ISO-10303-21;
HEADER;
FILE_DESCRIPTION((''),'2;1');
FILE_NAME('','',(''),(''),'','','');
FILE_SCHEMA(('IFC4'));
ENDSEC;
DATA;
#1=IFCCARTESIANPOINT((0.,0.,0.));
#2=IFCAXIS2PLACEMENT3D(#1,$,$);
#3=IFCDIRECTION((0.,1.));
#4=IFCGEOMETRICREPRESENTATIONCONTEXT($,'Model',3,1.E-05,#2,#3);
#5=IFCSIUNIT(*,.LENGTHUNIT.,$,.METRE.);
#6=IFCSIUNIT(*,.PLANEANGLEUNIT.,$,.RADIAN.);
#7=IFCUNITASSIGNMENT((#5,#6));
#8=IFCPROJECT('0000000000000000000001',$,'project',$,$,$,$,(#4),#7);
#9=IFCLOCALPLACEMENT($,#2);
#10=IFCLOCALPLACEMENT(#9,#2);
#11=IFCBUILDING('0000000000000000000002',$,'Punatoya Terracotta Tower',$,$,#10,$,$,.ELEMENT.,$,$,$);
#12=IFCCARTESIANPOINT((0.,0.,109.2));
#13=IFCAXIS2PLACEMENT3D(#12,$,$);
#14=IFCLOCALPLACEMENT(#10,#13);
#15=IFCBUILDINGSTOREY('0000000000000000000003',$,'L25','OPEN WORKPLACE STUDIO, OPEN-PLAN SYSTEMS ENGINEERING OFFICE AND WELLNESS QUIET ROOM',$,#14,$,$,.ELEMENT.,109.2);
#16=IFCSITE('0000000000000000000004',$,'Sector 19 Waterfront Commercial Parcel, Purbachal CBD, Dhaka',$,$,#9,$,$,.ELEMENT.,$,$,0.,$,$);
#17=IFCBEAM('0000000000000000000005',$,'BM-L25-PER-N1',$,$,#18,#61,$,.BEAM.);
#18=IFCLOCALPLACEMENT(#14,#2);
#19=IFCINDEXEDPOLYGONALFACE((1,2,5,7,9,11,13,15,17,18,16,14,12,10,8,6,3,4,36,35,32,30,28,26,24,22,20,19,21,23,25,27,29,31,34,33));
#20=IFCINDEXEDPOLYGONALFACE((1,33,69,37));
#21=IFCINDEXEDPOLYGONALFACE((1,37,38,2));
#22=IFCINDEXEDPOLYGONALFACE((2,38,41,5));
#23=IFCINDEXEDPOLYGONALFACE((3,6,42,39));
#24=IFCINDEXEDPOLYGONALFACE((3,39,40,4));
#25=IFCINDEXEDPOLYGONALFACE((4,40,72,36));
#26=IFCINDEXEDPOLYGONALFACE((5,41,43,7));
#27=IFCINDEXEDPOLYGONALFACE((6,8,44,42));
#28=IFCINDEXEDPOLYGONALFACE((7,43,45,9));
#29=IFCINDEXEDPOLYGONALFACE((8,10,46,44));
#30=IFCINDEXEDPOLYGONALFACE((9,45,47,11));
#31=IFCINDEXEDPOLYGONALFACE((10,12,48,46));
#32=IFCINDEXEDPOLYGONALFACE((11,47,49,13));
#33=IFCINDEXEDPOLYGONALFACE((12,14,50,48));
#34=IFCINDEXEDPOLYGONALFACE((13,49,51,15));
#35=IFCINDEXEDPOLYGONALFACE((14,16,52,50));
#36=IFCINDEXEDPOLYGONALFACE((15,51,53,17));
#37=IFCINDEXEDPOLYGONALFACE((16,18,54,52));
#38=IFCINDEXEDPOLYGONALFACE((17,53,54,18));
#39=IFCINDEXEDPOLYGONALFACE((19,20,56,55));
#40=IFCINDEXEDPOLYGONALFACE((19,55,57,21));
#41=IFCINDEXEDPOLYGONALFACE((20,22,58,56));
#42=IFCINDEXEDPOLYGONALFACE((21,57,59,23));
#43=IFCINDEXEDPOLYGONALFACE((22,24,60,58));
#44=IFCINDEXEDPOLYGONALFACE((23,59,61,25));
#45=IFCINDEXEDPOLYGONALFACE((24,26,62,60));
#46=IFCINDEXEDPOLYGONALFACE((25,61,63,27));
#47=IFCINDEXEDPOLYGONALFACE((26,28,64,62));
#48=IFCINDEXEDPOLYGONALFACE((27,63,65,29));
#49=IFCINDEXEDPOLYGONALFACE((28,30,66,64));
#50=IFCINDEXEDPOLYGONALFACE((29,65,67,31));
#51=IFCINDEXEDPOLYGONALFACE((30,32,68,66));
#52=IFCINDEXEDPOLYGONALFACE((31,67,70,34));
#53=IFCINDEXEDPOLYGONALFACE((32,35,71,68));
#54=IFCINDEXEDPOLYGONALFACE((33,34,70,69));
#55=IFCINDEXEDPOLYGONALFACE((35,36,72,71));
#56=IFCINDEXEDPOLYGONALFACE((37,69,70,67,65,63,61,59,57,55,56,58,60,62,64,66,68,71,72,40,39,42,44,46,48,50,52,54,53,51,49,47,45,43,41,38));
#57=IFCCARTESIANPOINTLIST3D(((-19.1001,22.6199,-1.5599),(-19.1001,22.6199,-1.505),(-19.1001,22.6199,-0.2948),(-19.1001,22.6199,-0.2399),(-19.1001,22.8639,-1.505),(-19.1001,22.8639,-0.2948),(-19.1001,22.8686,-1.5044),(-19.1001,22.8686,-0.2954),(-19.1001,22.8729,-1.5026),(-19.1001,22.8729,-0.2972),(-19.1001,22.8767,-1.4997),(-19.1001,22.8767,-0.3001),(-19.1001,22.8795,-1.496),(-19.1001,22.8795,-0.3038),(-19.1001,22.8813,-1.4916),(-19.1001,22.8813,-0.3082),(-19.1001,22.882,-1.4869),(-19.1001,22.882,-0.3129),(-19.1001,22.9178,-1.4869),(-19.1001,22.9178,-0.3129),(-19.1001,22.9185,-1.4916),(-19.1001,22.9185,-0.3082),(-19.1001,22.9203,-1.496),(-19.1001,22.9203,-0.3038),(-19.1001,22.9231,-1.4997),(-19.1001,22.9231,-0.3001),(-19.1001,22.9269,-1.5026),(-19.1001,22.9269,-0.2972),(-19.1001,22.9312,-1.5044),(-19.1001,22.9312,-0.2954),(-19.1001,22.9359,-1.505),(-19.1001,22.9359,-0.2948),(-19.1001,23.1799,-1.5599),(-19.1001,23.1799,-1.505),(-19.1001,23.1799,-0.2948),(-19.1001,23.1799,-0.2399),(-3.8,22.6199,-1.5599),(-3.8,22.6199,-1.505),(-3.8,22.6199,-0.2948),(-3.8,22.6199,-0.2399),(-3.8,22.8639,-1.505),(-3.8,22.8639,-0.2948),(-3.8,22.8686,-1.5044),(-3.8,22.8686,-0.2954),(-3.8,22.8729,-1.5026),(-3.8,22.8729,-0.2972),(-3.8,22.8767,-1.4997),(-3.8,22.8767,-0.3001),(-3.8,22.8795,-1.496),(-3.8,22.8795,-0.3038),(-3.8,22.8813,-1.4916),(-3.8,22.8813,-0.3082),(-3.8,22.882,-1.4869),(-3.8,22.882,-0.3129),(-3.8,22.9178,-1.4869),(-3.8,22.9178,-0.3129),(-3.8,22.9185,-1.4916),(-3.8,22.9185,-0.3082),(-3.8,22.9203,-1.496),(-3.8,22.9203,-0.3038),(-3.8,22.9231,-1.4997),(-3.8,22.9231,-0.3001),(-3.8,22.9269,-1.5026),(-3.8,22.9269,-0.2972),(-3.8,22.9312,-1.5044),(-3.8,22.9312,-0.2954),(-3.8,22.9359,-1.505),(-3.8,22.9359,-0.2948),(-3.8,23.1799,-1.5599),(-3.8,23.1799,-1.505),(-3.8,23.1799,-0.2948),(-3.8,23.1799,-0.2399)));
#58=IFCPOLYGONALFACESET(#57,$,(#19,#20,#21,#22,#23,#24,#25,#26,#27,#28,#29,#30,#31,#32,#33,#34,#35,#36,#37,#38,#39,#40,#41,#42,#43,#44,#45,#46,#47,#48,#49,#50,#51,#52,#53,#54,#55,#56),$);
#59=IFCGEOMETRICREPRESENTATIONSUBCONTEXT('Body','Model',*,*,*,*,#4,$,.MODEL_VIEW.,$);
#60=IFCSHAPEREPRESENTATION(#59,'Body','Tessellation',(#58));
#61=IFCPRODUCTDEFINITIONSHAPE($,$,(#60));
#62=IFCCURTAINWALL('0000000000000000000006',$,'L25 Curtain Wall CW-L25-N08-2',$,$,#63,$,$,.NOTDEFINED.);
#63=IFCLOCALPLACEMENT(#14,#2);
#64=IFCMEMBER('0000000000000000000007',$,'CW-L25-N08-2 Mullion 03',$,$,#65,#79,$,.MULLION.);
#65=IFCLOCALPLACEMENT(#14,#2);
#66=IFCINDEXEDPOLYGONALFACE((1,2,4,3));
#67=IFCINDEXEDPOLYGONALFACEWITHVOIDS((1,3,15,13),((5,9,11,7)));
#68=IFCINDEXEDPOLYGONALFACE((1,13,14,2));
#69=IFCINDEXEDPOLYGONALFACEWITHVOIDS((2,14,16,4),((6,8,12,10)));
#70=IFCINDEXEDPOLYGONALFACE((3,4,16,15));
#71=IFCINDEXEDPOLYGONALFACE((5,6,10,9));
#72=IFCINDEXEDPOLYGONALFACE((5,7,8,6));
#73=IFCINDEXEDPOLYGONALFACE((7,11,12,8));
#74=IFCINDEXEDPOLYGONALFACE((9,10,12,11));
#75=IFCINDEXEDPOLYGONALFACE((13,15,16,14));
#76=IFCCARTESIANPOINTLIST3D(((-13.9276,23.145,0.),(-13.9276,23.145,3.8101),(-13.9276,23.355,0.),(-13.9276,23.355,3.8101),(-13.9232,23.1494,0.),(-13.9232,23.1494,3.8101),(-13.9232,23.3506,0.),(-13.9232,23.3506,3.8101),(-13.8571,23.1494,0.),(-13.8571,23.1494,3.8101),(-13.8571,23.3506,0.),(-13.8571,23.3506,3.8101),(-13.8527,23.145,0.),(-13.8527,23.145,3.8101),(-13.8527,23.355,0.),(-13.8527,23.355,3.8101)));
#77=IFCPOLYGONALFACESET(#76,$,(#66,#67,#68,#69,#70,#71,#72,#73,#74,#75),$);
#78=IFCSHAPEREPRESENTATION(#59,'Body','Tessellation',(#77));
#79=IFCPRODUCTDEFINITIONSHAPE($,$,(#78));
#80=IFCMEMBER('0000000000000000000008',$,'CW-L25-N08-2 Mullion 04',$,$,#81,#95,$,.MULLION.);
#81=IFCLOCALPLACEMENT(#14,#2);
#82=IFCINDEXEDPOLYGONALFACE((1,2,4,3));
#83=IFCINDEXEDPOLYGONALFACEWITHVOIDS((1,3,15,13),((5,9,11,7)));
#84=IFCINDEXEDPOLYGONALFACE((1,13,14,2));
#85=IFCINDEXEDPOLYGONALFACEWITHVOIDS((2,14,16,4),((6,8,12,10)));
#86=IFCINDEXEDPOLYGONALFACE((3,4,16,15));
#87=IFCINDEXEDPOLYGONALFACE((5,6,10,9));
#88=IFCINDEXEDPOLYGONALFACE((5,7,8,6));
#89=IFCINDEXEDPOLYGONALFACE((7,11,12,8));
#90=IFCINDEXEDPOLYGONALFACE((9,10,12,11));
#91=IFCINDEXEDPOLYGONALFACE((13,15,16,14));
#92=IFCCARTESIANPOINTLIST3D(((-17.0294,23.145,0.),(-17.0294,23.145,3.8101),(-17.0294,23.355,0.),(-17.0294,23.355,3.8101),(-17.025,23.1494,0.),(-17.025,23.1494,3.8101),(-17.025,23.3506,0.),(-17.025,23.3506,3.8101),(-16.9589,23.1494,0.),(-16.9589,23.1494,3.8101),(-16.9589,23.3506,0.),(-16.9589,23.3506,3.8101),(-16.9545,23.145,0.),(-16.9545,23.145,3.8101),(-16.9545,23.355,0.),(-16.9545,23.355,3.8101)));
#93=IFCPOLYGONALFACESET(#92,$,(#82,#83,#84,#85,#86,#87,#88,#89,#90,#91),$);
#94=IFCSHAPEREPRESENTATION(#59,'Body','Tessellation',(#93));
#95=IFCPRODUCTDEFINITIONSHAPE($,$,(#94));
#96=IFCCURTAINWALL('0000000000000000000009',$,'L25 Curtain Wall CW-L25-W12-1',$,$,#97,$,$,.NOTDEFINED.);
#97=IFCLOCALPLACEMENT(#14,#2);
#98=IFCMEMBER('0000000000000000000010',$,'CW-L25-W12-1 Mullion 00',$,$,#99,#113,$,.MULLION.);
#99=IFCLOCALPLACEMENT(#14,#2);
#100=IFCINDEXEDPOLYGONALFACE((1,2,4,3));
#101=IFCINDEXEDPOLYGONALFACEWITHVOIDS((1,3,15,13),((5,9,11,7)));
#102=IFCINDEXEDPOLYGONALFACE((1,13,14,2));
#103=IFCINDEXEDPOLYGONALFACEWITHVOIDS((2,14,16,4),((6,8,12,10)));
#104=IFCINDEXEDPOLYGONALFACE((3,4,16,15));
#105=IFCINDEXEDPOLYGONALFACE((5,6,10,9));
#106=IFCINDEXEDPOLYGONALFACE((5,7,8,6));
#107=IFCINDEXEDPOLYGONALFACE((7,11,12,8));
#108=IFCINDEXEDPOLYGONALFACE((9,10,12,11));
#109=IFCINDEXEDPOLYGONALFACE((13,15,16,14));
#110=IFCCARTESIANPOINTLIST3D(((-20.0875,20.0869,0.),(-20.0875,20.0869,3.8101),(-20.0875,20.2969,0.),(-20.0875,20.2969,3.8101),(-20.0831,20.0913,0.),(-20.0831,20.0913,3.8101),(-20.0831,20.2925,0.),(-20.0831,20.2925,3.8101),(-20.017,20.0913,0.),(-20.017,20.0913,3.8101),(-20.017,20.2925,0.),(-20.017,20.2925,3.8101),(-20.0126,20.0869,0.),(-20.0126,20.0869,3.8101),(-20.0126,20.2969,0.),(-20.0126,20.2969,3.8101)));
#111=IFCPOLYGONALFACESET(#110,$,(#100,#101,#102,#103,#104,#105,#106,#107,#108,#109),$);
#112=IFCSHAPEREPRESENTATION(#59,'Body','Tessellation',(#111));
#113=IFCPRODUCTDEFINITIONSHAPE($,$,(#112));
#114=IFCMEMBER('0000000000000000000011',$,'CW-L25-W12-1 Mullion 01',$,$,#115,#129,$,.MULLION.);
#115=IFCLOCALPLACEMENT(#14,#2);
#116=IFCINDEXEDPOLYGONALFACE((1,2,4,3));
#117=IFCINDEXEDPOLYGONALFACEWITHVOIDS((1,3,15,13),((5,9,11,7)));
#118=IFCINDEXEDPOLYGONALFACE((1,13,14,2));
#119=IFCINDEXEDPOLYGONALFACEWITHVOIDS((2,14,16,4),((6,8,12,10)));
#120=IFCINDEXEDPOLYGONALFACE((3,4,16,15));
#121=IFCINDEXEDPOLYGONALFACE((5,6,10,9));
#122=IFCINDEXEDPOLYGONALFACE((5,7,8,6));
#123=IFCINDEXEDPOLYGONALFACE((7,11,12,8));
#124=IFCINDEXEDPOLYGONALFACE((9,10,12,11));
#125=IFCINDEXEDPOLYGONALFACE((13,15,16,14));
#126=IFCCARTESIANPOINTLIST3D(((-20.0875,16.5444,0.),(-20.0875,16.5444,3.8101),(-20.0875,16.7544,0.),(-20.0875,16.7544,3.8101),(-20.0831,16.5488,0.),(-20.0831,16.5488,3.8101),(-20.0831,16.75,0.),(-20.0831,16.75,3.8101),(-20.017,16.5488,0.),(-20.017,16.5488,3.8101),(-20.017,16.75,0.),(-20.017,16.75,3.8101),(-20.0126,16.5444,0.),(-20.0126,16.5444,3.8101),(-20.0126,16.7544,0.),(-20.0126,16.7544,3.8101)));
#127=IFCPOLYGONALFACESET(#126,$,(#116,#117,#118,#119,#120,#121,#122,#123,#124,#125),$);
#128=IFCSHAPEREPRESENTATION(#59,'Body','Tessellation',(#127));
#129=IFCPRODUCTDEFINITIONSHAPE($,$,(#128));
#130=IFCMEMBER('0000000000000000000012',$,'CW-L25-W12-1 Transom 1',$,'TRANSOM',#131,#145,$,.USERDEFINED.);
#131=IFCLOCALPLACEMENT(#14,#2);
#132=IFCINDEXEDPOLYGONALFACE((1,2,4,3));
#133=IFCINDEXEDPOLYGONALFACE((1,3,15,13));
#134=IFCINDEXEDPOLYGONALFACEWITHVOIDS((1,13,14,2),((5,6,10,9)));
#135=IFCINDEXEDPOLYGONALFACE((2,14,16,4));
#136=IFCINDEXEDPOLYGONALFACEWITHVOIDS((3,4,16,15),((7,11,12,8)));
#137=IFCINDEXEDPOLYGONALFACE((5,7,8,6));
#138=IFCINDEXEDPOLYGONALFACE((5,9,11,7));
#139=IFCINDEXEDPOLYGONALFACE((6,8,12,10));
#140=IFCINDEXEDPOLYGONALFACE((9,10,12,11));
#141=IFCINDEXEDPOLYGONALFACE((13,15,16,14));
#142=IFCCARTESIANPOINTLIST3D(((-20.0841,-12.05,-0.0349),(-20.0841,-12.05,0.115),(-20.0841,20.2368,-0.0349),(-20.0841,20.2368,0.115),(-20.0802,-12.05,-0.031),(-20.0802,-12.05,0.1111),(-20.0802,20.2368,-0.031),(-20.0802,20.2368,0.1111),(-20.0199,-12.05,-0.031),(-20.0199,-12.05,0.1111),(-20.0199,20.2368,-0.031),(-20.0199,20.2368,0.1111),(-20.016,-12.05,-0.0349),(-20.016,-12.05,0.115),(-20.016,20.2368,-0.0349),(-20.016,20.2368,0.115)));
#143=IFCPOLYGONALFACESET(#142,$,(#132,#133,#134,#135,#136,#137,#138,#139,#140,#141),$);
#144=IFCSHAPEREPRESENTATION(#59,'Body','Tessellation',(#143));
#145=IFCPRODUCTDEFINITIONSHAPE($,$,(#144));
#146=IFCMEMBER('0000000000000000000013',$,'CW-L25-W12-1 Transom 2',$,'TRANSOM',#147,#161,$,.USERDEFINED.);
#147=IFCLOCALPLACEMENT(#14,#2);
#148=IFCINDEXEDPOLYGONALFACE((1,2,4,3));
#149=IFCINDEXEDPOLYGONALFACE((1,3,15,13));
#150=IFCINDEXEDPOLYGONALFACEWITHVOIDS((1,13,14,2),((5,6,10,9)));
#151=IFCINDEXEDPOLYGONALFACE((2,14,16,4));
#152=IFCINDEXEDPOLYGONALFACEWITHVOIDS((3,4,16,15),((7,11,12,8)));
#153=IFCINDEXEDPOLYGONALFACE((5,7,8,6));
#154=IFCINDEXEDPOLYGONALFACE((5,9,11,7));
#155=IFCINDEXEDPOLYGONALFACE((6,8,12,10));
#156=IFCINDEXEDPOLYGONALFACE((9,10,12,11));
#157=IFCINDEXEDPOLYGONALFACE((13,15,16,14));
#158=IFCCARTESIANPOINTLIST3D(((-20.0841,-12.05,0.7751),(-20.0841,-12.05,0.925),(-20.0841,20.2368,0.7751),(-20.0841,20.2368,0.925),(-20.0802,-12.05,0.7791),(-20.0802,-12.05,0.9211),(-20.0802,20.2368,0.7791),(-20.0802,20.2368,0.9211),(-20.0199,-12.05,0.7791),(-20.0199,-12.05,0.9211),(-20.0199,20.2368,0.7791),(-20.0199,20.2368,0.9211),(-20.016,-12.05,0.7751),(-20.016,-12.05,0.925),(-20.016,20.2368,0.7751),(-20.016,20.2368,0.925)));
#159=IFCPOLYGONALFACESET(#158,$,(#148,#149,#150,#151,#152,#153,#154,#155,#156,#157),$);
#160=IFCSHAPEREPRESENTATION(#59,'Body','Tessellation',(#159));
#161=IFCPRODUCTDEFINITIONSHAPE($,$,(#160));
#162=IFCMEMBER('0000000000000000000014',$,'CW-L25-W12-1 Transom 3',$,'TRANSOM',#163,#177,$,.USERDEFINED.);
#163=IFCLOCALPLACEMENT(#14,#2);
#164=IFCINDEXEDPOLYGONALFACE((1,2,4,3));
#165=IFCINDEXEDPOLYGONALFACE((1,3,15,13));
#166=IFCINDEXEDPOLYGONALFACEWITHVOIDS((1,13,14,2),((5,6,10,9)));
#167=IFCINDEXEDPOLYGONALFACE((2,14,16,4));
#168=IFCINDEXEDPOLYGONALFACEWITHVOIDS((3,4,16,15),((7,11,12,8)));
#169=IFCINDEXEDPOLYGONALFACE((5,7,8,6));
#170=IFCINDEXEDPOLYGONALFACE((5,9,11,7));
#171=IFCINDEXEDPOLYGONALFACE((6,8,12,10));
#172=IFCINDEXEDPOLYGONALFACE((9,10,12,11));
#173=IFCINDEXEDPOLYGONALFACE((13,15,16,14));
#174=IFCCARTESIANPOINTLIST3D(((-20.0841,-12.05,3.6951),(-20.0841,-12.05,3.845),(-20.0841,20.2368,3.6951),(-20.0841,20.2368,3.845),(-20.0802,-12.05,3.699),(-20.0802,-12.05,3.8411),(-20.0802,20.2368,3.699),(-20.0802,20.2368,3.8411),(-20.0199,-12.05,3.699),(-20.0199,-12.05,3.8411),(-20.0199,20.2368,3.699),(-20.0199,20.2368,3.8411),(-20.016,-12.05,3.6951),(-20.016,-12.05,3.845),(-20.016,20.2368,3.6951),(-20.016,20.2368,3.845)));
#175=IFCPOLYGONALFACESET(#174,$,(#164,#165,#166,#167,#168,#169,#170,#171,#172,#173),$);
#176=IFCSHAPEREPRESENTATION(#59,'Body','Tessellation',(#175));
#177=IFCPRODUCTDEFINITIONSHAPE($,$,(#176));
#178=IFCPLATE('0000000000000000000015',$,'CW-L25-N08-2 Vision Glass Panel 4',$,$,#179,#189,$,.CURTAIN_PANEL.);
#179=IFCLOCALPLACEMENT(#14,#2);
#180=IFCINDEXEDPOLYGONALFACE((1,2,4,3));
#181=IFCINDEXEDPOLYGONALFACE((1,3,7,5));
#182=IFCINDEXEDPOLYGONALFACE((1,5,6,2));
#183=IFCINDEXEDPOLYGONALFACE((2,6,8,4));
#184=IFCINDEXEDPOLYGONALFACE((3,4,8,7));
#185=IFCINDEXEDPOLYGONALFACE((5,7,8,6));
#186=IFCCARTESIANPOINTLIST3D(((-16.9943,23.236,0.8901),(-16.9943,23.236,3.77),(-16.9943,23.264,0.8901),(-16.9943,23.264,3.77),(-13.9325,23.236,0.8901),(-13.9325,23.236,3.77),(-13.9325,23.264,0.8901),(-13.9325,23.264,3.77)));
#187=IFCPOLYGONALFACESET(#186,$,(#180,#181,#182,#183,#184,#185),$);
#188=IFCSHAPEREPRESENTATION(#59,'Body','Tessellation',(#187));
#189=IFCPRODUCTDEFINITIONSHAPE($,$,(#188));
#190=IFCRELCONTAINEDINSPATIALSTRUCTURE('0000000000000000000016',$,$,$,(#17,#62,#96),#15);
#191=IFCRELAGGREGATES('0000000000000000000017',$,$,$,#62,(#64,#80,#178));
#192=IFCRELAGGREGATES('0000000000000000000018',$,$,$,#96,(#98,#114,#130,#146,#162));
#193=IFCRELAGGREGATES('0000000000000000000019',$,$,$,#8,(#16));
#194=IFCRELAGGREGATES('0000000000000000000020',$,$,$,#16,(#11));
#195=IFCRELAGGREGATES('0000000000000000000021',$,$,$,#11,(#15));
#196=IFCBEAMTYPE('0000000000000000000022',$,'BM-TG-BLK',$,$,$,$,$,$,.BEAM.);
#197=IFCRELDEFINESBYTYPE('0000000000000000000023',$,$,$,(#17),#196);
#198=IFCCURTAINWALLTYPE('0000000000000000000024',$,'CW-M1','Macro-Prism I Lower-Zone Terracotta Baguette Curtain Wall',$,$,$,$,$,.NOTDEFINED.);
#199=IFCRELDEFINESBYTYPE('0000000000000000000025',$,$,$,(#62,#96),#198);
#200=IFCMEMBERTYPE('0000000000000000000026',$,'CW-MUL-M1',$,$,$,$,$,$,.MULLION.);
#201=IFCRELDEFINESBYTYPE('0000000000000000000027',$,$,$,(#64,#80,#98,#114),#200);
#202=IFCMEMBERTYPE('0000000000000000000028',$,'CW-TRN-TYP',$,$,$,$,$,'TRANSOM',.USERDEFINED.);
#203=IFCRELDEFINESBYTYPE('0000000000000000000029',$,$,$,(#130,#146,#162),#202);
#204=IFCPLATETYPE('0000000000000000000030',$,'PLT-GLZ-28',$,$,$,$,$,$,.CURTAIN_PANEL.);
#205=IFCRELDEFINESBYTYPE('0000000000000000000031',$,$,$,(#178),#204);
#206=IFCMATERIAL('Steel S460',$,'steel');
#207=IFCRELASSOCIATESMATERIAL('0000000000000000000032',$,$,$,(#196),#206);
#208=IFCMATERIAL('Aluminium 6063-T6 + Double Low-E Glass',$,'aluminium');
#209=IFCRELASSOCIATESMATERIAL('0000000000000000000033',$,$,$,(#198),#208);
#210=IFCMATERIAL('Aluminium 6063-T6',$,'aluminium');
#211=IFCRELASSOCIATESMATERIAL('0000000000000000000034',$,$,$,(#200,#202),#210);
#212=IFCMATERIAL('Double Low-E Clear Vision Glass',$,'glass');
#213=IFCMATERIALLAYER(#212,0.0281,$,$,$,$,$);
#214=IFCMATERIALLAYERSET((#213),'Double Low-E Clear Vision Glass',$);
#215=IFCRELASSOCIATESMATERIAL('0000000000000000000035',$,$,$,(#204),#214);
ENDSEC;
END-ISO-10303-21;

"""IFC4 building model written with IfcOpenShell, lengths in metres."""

from ifc_helpers import new_model, si_unit, direction, frame, origin, origin_2d, place, context, subcontext, project, spatial, rectangle, hollow_rectangle, i_section, extrude, material, layer, layer_set, material_profile, profile_set, type_object, element, aggregate, save


model = new_model("IFC4")

# Units and contexts
model_context = context("Model", 3, precision=1e-05, world=origin(), true_north=direction((0.0, 1.0)))
body_context = subcontext(model_context, "Body", "Model", "MODEL_VIEW")
ifc_project = project(units=[si_unit("LENGTHUNIT", "METRE"), si_unit("PLANEANGLEUNIT", "RADIAN")], contexts=[model_context])

# Site, building, storey
site_placement = place(None, origin())
site = spatial("IfcSite", under=ifc_project, at=site_placement, Name="Sector 19 Waterfront Commercial Parcel, Purbachal CBD, Dhaka", CompositionType="ELEMENT", RefElevation=0.0)
building_placement = place(site_placement, origin())
building = spatial("IfcBuilding", under=site, at=building_placement, Name="Punatoya Terracotta Tower", CompositionType="ELEMENT")
storey_placement = place(building_placement, frame((0.0, 0.0, 109.2)))
storey = spatial("IfcBuildingStorey", under=building, at=storey_placement, Name="L25", Description="OPEN WORKPLACE STUDIO, OPEN-PLAN SYSTEMS ENGINEERING OFFICE AND WELLNESS QUIET ROOM", CompositionType="ELEMENT", Elevation=109.2)

# Shared definitions
ifc_material_1 = material(Name="Steel S460", Category="steel")

# Beam
ifc_material_profile_1 = material_profile(ifc_material_1, i_section(OverallWidth=0.5601, OverallDepth=1.3201, WebThickness=0.0359, FlangeThickness=0.0549, FilletRadius=0.0181, at=origin_2d()))
ifc_profile_set_1 = profile_set([ifc_material_profile_1], Name="Steel S460")
beam_type = type_object("IfcBeamType", Name="BM-TG-BLK", PredefinedType="BEAM", material=ifc_profile_set_1)
beam_1_placement = place(storey_placement, frame((-19.1001, 22.8999, -0.8999), z_axis=(1.0, 0.0, 0.0), x_axis=(0.0, 1.0, 0.0)))
element("IfcBeam", 1, at=beam_1_placement, inside=storey, type_object=beam_type, Name="BM-L25-PER-N1", PredefinedType="BEAM", context=body_context, shape_type="SweptSolid", body=[
    extrude(i_section(OverallWidth=0.5601, OverallDepth=1.3201, WebThickness=0.0359, FlangeThickness=0.0549, FilletRadius=0.0181, at=origin_2d()), origin(), (0.0, 0.0, 1.0), 15.3),
])

# Curtain walls, members
ifc_material_2 = material(Name="Aluminium 6063-T6 + Double Low-E Glass", Category="aluminium")
curtain_wall_type = type_object("IfcCurtainWallType", Name="CW-M1", Description="Macro-Prism I Lower-Zone Terracotta Baguette Curtain Wall", PredefinedType="NOTDEFINED", material=ifc_material_2)
curtain_wall_1_placement = place(storey_placement, origin())
curtain_wall_1 = element("IfcCurtainWall", 2, at=curtain_wall_1_placement, inside=storey, type_object=curtain_wall_type, Name="L25 Curtain Wall CW-L25-N08-2", PredefinedType="NOTDEFINED")
ifc_material_3 = material(Name="Aluminium 6063-T6", Category="aluminium")
ifc_material_profile_2 = material_profile(ifc_material_3, hollow_rectangle(XDim=0.075, YDim=0.21, WallThickness=0.0044, at=origin_2d()))
ifc_profile_set_2 = profile_set([ifc_material_profile_2], Name="Aluminium 6063-T6")
member_type_1 = type_object("IfcMemberType", Name="CW-MUL-M1", PredefinedType="MULLION", material=ifc_profile_set_2)
member_1_placement = place(storey_placement, frame((-13.8901, 23.25, 0.0), z_axis=(0.0, 0.0, 1.0), x_axis=(1.0, 0.0, 0.0)))
member_1 = element("IfcMember", 3, at=member_1_placement, type_object=member_type_1, Name="CW-L25-N08-2 Mullion 03", PredefinedType="MULLION", context=body_context, shape_type="SweptSolid", body=[
    extrude(hollow_rectangle(XDim=0.075, YDim=0.21, WallThickness=0.0044, at=origin_2d()), origin(), (0.0, 0.0, 1.0), 3.8101),
])
member_2_placement = place(storey_placement, frame((-16.9919, 23.25, 0.0), z_axis=(0.0, 0.0, 1.0), x_axis=(1.0, 0.0, 0.0)))
member_2 = element("IfcMember", 4, at=member_2_placement, type_object=member_type_1, Name="CW-L25-N08-2 Mullion 04", PredefinedType="MULLION", context=body_context, shape_type="SweptSolid", body=[
    extrude(hollow_rectangle(XDim=0.075, YDim=0.21, WallThickness=0.0044, at=origin_2d()), origin(), (0.0, 0.0, 1.0), 3.8101),
])
curtain_wall_2_placement = place(storey_placement, origin())
curtain_wall_2 = element("IfcCurtainWall", 5, at=curtain_wall_2_placement, inside=storey, type_object=curtain_wall_type, Name="L25 Curtain Wall CW-L25-W12-1", PredefinedType="NOTDEFINED")
member_3_placement = place(storey_placement, frame((-20.05, 20.1919, 0.0), z_axis=(0.0, 0.0, 1.0), x_axis=(1.0, 0.0, 0.0)))
member_3 = element("IfcMember", 6, at=member_3_placement, type_object=member_type_1, Name="CW-L25-W12-1 Mullion 00", PredefinedType="MULLION", context=body_context, shape_type="SweptSolid", body=[
    extrude(hollow_rectangle(XDim=0.075, YDim=0.21, WallThickness=0.0044, at=origin_2d()), origin(), (0.0, 0.0, 1.0), 3.8101),
])
member_4_placement = place(storey_placement, frame((-20.05, 16.6494, 0.0), z_axis=(0.0, 0.0, 1.0), x_axis=(1.0, 0.0, 0.0)))
member_4 = element("IfcMember", 7, at=member_4_placement, type_object=member_type_1, Name="CW-L25-W12-1 Mullion 01", PredefinedType="MULLION", context=body_context, shape_type="SweptSolid", body=[
    extrude(hollow_rectangle(XDim=0.075, YDim=0.21, WallThickness=0.0044, at=origin_2d()), origin(), (0.0, 0.0, 1.0), 3.8101),
])
ifc_material_profile_3 = material_profile(ifc_material_3, hollow_rectangle(XDim=0.0681, YDim=0.1499, WallThickness=0.0039, at=origin_2d()))
ifc_profile_set_3 = profile_set([ifc_material_profile_3], Name="Aluminium 6063-T6")
member_type_2 = type_object("IfcMemberType", Name="CW-TRN-TYP", ElementType="TRANSOM", PredefinedType="USERDEFINED", material=ifc_profile_set_3)
member_5_placement = place(storey_placement, frame((-20.05, 20.2368, 0.04), z_axis=(0.0, -1.0, 0.0), x_axis=(1.0, 0.0, 0.0)))
member_5 = element("IfcMember", 8, at=member_5_placement, type_object=member_type_2, Name="CW-L25-W12-1 Transom 1", ObjectType="TRANSOM", PredefinedType="USERDEFINED", context=body_context, shape_type="SweptSolid", body=[
    extrude(hollow_rectangle(XDim=0.0681, YDim=0.1499, WallThickness=0.0039, at=origin_2d()), origin(), (0.0, 0.0, 1.0), 32.2869),
])
member_6_placement = place(storey_placement, frame((-20.05, 20.2368, 0.8501), z_axis=(0.0, -1.0, 0.0), x_axis=(1.0, 0.0, 0.0)))
member_6 = element("IfcMember", 9, at=member_6_placement, type_object=member_type_2, Name="CW-L25-W12-1 Transom 2", ObjectType="TRANSOM", PredefinedType="USERDEFINED", context=body_context, shape_type="SweptSolid", body=[
    extrude(hollow_rectangle(XDim=0.0681, YDim=0.1499, WallThickness=0.0039, at=origin_2d()), origin(), (0.0, 0.0, 1.0), 32.2869),
])
member_7_placement = place(storey_placement, frame((-20.05, 20.2368, 3.77), z_axis=(0.0, -1.0, 0.0), x_axis=(1.0, 0.0, 0.0)))
member_7 = element("IfcMember", 10, at=member_7_placement, type_object=member_type_2, Name="CW-L25-W12-1 Transom 3", ObjectType="TRANSOM", PredefinedType="USERDEFINED", context=body_context, shape_type="SweptSolid", body=[
    extrude(hollow_rectangle(XDim=0.0681, YDim=0.1499, WallThickness=0.0039, at=origin_2d()), origin(), (0.0, 0.0, 1.0), 32.2869),
])

# Plate
ifc_material_4 = material(Name="Double Low-E Clear Vision Glass", Category="glass")
ifc_layer_1 = layer(ifc_material_4, 0.0281)
ifc_layer_set_1 = layer_set([ifc_layer_1], Name="Double Low-E Clear Vision Glass")
plate_type_1 = type_object("IfcPlateType", Name="PLT-GLZ-28", PredefinedType="CURTAIN_PANEL", material=ifc_layer_set_1)
plate_1_placement = place(storey_placement, frame((-15.4634, 23.25, 0.8901), z_axis=(0.0, 0.0, 1.0), x_axis=(-1.0, 0.0, 0.0)))
plate_1 = element("IfcPlate", 11, at=plate_1_placement, type_object=plate_type_1, Name="CW-L25-N08-2 Vision Glass Panel 4", PredefinedType="CURTAIN_PANEL", context=body_context, shape_type="SweptSolid", body=[
    extrude(rectangle(XDim=3.0618, YDim=0.0281, at=origin_2d()), origin(), (0.0, 0.0, 1.0), 2.8799),
])
aggregate(curtain_wall_1, [member_1, member_2, plate_1])
aggregate(curtain_wall_2, [member_3, member_4, member_5, member_6, member_7])

save(model, "model.ifc")
